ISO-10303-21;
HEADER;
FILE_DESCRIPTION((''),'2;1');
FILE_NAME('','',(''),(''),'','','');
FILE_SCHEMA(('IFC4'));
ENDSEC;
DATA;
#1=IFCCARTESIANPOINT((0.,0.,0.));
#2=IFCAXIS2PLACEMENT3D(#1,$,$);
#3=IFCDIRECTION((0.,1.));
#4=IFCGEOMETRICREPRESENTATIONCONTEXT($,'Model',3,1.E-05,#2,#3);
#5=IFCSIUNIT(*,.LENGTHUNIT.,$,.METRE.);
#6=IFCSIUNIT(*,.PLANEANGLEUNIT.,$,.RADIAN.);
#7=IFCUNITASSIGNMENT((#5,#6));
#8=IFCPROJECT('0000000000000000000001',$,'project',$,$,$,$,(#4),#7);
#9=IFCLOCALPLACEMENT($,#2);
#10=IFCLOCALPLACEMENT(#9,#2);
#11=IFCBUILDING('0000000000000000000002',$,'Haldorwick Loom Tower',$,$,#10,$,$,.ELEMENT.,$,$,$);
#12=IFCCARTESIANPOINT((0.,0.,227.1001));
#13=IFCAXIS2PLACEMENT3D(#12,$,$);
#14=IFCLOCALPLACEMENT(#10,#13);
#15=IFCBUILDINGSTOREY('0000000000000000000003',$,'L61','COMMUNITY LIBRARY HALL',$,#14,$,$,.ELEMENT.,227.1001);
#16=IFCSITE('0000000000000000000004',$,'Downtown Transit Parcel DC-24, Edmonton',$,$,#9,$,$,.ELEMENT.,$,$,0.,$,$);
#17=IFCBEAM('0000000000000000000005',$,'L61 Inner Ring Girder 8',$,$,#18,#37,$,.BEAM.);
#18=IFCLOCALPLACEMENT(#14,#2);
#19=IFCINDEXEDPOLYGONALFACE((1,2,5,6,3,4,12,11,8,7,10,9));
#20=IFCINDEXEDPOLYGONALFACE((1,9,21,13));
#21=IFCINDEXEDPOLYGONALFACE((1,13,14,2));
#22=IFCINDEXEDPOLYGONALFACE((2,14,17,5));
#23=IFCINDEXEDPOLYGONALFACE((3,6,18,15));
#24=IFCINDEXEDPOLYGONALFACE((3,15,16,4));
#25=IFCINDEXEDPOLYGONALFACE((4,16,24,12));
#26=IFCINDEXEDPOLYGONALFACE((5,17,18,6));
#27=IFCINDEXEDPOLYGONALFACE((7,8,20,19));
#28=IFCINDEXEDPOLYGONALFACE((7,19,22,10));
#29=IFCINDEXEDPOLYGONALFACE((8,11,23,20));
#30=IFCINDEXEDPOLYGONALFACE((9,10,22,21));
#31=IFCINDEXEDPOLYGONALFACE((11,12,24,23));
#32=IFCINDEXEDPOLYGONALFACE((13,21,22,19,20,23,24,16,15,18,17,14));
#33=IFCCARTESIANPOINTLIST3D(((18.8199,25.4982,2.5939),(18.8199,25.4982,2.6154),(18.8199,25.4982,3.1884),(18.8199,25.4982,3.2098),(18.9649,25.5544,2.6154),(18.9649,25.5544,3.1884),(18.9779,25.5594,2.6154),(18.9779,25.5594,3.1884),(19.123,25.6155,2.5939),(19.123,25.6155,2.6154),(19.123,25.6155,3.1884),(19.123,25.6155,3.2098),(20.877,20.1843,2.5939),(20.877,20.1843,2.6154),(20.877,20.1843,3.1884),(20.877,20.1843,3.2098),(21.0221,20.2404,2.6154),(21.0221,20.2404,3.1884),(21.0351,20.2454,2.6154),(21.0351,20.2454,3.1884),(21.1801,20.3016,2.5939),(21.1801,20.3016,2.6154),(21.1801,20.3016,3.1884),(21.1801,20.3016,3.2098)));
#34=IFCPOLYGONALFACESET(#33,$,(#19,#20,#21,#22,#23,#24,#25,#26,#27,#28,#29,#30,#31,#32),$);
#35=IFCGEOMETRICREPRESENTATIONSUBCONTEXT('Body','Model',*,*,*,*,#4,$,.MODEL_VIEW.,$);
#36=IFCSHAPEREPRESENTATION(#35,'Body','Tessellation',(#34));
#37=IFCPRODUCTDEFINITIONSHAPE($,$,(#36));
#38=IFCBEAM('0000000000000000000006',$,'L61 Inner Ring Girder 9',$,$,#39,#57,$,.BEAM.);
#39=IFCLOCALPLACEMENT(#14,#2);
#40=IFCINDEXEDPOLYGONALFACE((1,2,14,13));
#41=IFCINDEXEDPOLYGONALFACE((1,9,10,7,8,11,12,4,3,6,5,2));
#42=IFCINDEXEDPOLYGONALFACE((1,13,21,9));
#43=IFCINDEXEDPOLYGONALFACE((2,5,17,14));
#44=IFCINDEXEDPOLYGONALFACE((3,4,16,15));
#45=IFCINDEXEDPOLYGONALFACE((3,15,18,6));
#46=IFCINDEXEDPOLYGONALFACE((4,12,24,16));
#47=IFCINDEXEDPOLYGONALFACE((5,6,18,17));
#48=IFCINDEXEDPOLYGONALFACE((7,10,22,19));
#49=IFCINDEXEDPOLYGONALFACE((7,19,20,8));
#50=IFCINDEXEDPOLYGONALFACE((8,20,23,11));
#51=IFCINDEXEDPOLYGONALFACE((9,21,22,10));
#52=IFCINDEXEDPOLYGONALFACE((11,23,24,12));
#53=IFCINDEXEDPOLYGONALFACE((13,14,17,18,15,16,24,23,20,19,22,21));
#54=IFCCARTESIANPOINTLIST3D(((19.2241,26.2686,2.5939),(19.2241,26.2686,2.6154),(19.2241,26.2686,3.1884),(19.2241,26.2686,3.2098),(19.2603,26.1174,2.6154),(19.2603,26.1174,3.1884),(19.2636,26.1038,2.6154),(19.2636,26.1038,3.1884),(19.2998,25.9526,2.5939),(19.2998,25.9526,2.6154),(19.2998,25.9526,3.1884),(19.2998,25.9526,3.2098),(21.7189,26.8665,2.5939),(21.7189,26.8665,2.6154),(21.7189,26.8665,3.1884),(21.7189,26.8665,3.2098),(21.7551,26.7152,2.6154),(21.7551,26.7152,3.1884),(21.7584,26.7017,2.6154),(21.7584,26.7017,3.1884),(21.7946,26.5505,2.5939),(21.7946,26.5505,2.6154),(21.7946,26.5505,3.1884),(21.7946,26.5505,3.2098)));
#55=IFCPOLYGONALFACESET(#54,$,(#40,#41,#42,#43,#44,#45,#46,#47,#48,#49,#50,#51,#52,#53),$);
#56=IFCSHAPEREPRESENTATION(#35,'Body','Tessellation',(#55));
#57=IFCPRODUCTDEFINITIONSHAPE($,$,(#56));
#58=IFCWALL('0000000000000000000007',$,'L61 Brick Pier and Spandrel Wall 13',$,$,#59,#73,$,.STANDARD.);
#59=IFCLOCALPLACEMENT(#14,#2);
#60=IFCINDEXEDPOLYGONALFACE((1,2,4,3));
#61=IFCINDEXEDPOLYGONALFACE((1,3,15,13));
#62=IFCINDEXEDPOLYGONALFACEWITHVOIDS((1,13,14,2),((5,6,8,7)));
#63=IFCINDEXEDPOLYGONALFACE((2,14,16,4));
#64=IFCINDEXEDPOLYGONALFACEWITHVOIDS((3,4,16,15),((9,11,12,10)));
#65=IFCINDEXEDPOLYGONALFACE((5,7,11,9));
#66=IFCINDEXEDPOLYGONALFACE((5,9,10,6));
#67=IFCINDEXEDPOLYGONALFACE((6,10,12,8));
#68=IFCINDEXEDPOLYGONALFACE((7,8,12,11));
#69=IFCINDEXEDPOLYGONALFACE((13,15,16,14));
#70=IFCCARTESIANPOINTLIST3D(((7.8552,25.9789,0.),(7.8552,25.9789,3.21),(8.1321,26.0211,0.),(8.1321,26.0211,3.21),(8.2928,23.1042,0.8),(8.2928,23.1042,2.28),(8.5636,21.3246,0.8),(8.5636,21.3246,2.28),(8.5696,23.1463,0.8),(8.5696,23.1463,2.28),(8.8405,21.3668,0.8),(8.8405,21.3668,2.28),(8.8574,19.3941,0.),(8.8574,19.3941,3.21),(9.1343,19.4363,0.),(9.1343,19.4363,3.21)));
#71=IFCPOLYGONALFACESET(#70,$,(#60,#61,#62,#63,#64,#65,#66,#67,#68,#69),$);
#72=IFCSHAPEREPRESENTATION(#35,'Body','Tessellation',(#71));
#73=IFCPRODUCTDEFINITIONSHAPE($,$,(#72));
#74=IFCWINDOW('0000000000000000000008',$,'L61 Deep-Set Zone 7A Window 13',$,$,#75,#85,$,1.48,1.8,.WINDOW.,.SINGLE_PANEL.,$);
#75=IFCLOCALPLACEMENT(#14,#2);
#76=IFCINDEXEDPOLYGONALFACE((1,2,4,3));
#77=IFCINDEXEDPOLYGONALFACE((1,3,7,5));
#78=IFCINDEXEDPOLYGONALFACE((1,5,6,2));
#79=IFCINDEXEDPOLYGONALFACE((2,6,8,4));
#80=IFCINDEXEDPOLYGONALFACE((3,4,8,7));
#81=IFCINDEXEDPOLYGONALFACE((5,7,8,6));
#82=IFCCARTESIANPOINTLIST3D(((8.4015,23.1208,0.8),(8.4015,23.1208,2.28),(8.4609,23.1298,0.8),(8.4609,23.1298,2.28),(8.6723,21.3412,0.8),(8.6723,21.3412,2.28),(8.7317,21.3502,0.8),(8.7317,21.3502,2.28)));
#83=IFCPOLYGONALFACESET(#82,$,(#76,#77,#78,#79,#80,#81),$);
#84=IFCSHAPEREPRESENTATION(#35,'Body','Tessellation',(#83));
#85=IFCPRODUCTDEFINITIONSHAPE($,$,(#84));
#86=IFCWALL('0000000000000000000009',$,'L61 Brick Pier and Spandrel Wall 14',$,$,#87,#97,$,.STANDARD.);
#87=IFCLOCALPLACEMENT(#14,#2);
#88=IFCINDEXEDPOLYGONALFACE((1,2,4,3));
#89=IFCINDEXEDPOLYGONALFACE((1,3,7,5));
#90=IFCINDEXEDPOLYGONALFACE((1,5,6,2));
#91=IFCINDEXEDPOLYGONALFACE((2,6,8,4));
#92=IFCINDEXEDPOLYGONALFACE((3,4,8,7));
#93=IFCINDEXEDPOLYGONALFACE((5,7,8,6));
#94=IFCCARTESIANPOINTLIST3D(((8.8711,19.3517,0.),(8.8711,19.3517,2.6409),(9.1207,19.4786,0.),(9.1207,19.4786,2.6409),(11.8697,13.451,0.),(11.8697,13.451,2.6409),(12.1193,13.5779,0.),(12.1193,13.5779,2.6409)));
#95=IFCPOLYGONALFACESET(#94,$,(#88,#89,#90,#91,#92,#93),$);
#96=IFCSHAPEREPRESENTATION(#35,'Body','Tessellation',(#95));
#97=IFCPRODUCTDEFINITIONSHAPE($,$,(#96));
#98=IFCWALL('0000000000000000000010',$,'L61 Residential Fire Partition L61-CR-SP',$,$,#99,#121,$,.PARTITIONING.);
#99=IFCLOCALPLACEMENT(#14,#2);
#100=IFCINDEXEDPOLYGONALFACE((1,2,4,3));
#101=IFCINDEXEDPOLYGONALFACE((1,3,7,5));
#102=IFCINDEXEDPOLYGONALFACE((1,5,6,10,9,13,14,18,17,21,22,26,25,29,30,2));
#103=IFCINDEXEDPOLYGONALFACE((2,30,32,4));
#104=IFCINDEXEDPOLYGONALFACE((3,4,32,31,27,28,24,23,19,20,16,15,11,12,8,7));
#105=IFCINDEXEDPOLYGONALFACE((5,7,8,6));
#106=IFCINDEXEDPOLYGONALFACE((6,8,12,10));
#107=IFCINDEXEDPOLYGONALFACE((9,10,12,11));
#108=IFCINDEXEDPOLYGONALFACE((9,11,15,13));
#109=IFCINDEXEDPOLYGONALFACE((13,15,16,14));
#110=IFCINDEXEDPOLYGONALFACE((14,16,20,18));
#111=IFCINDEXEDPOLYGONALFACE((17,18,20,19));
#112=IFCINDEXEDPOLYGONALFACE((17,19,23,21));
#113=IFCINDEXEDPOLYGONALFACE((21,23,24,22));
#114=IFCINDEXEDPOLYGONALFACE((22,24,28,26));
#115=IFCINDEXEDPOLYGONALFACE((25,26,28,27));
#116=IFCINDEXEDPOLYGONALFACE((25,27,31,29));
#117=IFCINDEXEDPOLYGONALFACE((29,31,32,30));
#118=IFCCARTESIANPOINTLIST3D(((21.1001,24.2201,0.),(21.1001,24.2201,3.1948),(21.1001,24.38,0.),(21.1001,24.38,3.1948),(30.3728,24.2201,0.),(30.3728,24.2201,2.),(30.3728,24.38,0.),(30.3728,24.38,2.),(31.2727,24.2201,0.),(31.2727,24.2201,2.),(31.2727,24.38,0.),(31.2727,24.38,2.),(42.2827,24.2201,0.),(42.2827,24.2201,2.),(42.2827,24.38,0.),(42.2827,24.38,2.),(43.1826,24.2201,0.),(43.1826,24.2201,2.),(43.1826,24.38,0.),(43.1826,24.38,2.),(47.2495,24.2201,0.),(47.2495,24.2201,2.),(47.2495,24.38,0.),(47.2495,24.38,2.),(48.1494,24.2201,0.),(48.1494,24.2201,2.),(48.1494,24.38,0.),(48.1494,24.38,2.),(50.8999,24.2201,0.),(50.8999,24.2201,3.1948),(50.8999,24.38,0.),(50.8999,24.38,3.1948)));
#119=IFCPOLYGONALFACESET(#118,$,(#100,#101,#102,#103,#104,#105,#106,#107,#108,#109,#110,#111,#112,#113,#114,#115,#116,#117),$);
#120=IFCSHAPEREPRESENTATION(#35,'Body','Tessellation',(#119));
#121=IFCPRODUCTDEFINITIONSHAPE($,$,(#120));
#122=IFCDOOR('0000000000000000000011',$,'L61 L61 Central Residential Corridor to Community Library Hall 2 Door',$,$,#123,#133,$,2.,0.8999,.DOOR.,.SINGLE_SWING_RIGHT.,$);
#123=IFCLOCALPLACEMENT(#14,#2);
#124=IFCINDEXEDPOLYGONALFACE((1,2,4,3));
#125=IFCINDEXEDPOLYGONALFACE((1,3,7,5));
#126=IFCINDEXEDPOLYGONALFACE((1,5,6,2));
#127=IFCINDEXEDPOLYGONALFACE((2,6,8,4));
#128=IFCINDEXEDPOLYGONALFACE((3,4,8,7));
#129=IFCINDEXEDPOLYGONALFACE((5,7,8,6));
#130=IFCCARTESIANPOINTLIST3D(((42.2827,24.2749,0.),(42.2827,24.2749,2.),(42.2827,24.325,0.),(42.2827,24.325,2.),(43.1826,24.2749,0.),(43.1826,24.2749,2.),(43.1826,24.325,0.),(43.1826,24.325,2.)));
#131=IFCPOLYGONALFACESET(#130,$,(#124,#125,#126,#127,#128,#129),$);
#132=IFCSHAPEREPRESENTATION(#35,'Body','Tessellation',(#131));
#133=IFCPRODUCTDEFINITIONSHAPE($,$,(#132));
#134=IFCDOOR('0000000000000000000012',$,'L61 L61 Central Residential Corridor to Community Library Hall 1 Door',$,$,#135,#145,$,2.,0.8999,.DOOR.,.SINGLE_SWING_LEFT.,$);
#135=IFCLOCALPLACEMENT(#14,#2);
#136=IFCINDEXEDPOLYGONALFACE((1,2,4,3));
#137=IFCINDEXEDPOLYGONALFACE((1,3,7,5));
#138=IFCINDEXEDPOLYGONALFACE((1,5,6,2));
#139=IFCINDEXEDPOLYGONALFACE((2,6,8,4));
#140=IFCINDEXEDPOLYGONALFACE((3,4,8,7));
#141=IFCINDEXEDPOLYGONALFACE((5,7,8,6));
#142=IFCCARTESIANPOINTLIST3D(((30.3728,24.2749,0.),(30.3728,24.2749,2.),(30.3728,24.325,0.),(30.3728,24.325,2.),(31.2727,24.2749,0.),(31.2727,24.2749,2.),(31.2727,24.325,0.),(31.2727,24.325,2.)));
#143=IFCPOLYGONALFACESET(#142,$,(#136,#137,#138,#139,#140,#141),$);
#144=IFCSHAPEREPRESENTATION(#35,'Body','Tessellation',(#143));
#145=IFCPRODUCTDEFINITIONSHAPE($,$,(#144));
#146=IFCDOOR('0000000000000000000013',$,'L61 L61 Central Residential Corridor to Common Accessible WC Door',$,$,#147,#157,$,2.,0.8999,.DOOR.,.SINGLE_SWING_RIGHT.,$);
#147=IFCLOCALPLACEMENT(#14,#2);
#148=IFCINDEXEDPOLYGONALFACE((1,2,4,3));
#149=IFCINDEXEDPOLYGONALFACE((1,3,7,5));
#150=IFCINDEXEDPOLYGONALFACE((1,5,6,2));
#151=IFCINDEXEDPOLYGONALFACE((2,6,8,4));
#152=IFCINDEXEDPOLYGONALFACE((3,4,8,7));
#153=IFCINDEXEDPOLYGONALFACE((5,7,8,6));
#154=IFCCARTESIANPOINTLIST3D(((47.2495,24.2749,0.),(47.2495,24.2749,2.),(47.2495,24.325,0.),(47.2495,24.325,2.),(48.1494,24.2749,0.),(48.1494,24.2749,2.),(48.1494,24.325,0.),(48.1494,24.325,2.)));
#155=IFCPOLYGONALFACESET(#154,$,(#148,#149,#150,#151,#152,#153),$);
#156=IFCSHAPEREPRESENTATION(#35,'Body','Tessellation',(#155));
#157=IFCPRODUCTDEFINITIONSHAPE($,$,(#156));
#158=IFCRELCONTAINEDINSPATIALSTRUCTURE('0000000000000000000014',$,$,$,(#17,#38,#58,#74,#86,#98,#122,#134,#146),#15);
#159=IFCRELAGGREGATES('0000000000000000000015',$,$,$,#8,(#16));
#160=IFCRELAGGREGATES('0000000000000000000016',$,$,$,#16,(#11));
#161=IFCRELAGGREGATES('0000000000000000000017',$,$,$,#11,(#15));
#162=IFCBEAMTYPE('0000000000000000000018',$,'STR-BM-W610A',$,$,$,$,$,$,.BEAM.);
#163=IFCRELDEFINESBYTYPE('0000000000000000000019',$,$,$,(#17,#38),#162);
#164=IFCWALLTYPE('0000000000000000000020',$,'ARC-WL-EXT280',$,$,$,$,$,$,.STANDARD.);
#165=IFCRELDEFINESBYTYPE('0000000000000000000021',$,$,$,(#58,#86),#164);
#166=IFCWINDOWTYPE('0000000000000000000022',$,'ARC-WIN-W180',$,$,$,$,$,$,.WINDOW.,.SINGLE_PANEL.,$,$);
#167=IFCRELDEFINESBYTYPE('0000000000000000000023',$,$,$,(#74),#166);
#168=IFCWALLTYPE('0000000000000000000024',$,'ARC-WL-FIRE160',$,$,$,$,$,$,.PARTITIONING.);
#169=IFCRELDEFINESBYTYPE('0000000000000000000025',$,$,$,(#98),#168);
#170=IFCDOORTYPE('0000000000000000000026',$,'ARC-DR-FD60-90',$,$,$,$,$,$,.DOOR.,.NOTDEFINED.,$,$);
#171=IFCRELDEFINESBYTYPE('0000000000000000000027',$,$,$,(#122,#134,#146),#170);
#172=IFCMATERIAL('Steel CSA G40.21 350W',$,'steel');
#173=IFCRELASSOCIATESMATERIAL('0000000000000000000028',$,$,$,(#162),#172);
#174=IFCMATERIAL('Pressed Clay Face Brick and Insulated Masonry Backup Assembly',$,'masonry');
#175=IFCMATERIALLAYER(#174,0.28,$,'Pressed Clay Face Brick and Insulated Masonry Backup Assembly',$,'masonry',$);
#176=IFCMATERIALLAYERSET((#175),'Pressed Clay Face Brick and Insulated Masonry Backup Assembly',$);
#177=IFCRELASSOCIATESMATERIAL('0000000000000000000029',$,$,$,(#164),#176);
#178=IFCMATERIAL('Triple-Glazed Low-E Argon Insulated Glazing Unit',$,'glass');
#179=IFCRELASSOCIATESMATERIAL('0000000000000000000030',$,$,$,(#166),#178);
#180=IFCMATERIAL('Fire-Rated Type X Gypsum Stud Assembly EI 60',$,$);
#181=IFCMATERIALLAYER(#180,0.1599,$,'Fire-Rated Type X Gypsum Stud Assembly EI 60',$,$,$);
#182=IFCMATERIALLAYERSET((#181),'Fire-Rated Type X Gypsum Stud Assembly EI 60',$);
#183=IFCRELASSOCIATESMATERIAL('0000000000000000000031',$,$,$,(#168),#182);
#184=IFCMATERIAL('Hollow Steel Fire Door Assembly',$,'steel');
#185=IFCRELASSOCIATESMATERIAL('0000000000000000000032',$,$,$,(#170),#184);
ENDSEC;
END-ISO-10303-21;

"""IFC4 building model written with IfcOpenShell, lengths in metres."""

from ifc_helpers import new_model, si_unit, direction, frame, frame_2d, origin, origin_2d, place, context, subcontext, project, spatial, rectangle, i_section, extrude, material, layer, layer_set, material_profile, profile_set, type_object, element, fill, save


model = new_model("IFC4")

# Units and contexts
model_context = context("Model", 3, precision=1e-05, world=origin(), true_north=direction((0.0, 1.0)))
body_context = subcontext(model_context, "Body", "Model", "MODEL_VIEW")
ifc_project = project(units=[si_unit("LENGTHUNIT", "METRE"), si_unit("PLANEANGLEUNIT", "RADIAN")], contexts=[model_context])

# Site, building, storey
site_placement = place(None, origin())
site = spatial("IfcSite", under=ifc_project, at=site_placement, Name="Downtown Transit Parcel DC-24, Edmonton", CompositionType="ELEMENT", RefElevation=0.0)
building_placement = place(site_placement, origin())
building = spatial("IfcBuilding", under=site, at=building_placement, Name="Haldorwick Loom Tower", CompositionType="ELEMENT")
storey_placement = place(building_placement, frame((0.0, 0.0, 227.1001)))
storey = spatial("IfcBuildingStorey", under=building, at=storey_placement, Name="L61", Description="COMMUNITY LIBRARY HALL", CompositionType="ELEMENT", Elevation=227.1001)

# Beams
ifc_material_1 = material(Name="Steel CSA G40.21 350W", Category="steel")
ifc_material_profile_1 = material_profile(ifc_material_1, i_section(OverallWidth=0.325, OverallDepth=0.616, WebThickness=0.0139, FlangeThickness=0.0215, at=origin_2d()), Name="W610X174", Category="steel")
ifc_profile_set_1 = profile_set([ifc_material_profile_1], Name="Steel CSA G40.21 350W")
beam_type_1 = type_object("IfcBeamType", Name="STR-BM-W610A", PredefinedType="BEAM", material=ifc_profile_set_1)
beam_1_placement = place(storey_placement, frame((21.0286, 20.2429, 2.9019), z_axis=(-0.361011, 0.932562, 0.0), x_axis=(-0.932562, -0.361011, 0.0)))
element("IfcBeam", 1, at=beam_1_placement, inside=storey, type_object=beam_type_1, Name="L61 Inner Ring Girder 8", PredefinedType="BEAM", context=body_context, shape_type="SweptSolid", body=[
    extrude(i_section(OverallWidth=0.325, OverallDepth=0.616, WebThickness=0.0139, FlangeThickness=0.0215, at=origin_2d()), origin(), (0.0, 0.0, 1.0), 5.6982),
])
beam_2_placement = place(storey_placement, frame((19.262, 26.1106, 2.9019), z_axis=(0.972464, 0.233053, 0.0), x_axis=(-0.233053, 0.972464, 0.0)))
element("IfcBeam", 2, at=beam_2_placement, inside=storey, type_object=beam_type_1, Name="L61 Inner Ring Girder 9", PredefinedType="BEAM", context=body_context, shape_type="SweptSolid", body=[
    extrude(i_section(OverallWidth=0.325, OverallDepth=0.616, WebThickness=0.0139, FlangeThickness=0.0215, at=origin_2d()), origin(), (0.0, 0.0, 1.0), 2.5654),
])

# Wall, opening, window
ifc_material_2 = material(Name="Pressed Clay Face Brick and Insulated Masonry Backup Assembly", Category="masonry")
ifc_layer_1 = layer(ifc_material_2, 0.28, Name="Pressed Clay Face Brick and Insulated Masonry Backup Assembly", Category="masonry")
ifc_layer_set_1 = layer_set([ifc_layer_1], Name="Pressed Clay Face Brick and Insulated Masonry Backup Assembly")
wall_type_1 = type_object("IfcWallType", Name="ARC-WL-EXT280", PredefinedType="STANDARD", material=ifc_layer_set_1)
wall_1_placement = place(storey_placement, frame((7.9937, 26.0, 0.0), z_axis=(0.0, 0.0, 1.0), x_axis=(0.150468, -0.988615, 0.0)))
wall_1 = element("IfcWall", 3, at=wall_1_placement, inside=storey, type_object=wall_type_1, Name="L61 Brick Pier and Spandrel Wall 13", PredefinedType="STANDARD", context=body_context, shape_type="SweptSolid", body=[
    extrude(rectangle(XDim=6.6606, YDim=0.28, at=frame_2d((3.3303, 0.0))), origin(), (0.0, 0.0, 1.0), 3.21),
])
opening_1_placement = place(wall_1_placement, frame((2.908, 0.0, 0.8)))
opening_1 = element("IfcOpeningElement", 4, at=opening_1_placement, cuts=wall_1, PredefinedType="OPENING", context=body_context, shape_type="SweptSolid", body=[
    extrude(rectangle(XDim=1.8, YDim=1.48, at=frame_2d((0.8999, 0.74))), frame((0.0, 0.1499, 0.0), z_axis=(0.0, -1.0, 0.0), x_axis=(1.0, 0.0, 0.0)), (0.0, 0.0, 1.0), 0.3),
])
ifc_material_3 = material(Name="Triple-Glazed Low-E Argon Insulated Glazing Unit", Category="glass")
window_type = type_object("IfcWindowType", Name="ARC-WIN-W180", PartitioningType="SINGLE_PANEL", PredefinedType="WINDOW", material=ifc_material_3)
window_placement = place(opening_1_placement, origin())
window = element("IfcWindow", 5, at=window_placement, inside=storey, type_object=window_type, Name="L61 Deep-Set Zone 7A Window 13", OverallHeight=1.48, OverallWidth=1.8, PartitioningType="SINGLE_PANEL", PredefinedType="WINDOW", context=body_context, shape_type="SweptSolid", body=[
    extrude(rectangle(XDim=1.8, YDim=1.48, at=frame_2d((0.8999, 0.74))), frame((0.0, 0.03, 0.0), z_axis=(0.0, -1.0, 0.0), x_axis=(1.0, 0.0, 0.0)), (0.0, 0.0, 1.0), 0.0601),
])
fill(opening_1, window)

# Wall
wall_2_placement = place(storey_placement, frame((8.9958, 19.4153, 0.0), z_axis=(0.0, 0.0, 1.0), x_axis=(0.453032, -0.891494, 0.0)))
element("IfcWall", 6, at=wall_2_placement, inside=storey, type_object=wall_type_1, Name="L61 Brick Pier and Spandrel Wall 14", PredefinedType="STANDARD", context=body_context, shape_type="SweptSolid", body=[
    extrude(rectangle(XDim=6.6189, YDim=0.28, at=frame_2d((3.3096, 0.0))), origin(), (0.0, 0.0, 1.0), 2.6409),
])

# Wall, openings, doors
ifc_material_4 = material(Name="Fire-Rated Type X Gypsum Stud Assembly EI 60")
ifc_layer_2 = layer(ifc_material_4, 0.1599, Name="Fire-Rated Type X Gypsum Stud Assembly EI 60")
ifc_layer_set_2 = layer_set([ifc_layer_2], Name="Fire-Rated Type X Gypsum Stud Assembly EI 60")
wall_type_2 = type_object("IfcWallType", Name="ARC-WL-FIRE160", PredefinedType="PARTITIONING", material=ifc_layer_set_2)
wall_3_placement = place(storey_placement, frame((21.1001, 24.3, 0.0), z_axis=(0.0, 0.0, 1.0), x_axis=(1.0, 0.0, 0.0)))
wall_3 = element("IfcWall", 7, at=wall_3_placement, inside=storey, type_object=wall_type_2, Name="L61 Residential Fire Partition L61-CR-SP", PredefinedType="PARTITIONING", context=body_context, shape_type="SweptSolid", body=[
    extrude(rectangle(XDim=29.7998, YDim=0.1599, at=frame_2d((14.8999, 0.0))), origin(), (0.0, 0.0, 1.0), 3.1948),
])
opening_2_placement = place(wall_3_placement, frame((21.1826, 0.0, 0.0)))
opening_2 = element("IfcOpeningElement", 8, at=opening_2_placement, cuts=wall_3, PredefinedType="OPENING", context=body_context, shape_type="SweptSolid", body=[
    extrude(rectangle(XDim=0.8999, YDim=2.0, at=frame_2d((0.45, 1.0))), frame((0.0, 0.0898, 0.0), z_axis=(0.0, -1.0, 0.0), x_axis=(1.0, 0.0, 0.0)), (0.0, 0.0, 1.0), 0.1799),
])
opening_3_placement = place(wall_3_placement, frame((9.2727, 0.0, 0.0)))
opening_3 = element("IfcOpeningElement", 9, at=opening_3_placement, cuts=wall_3, PredefinedType="OPENING", context=body_context, shape_type="SweptSolid", body=[
    extrude(rectangle(XDim=0.8999, YDim=2.0, at=frame_2d((0.45, 1.0))), frame((0.0, 0.0898, 0.0), z_axis=(0.0, -1.0, 0.0), x_axis=(1.0, 0.0, 0.0)), (0.0, 0.0, 1.0), 0.1799),
])
opening_4_placement = place(wall_3_placement, frame((26.1494, 0.0, 0.0)))
opening_4 = element("IfcOpeningElement", 10, at=opening_4_placement, cuts=wall_3, PredefinedType="OPENING", context=body_context, shape_type="SweptSolid", body=[
    extrude(rectangle(XDim=0.8999, YDim=2.0, at=frame_2d((0.45, 1.0))), frame((0.0, 0.0898, 0.0), z_axis=(0.0, -1.0, 0.0), x_axis=(1.0, 0.0, 0.0)), (0.0, 0.0, 1.0), 0.1799),
])
ifc_material_5 = material(Name="Hollow Steel Fire Door Assembly", Category="steel")
door_type = type_object("IfcDoorType", Name="ARC-DR-FD60-90", OperationType="NOTDEFINED", PredefinedType="DOOR", material=ifc_material_5)
door_1_placement = place(opening_2_placement, origin())
door_1 = element("IfcDoor", 11, at=door_1_placement, inside=storey, type_object=door_type, Name="L61 L61 Central Residential Corridor to Community Library Hall 2 Door", OperationType="SINGLE_SWING_RIGHT", OverallHeight=2.0, OverallWidth=0.8999, PredefinedType="DOOR", context=body_context, shape_type="SweptSolid", body=[
    extrude(rectangle(XDim=0.8999, YDim=2.0, at=frame_2d((0.45, 1.0))), frame((0.0, 0.0249, 0.0), z_axis=(0.0, -1.0, 0.0), x_axis=(1.0, 0.0, 0.0)), (0.0, 0.0, 1.0), 0.05),
])
fill(opening_2, door_1)
door_2_placement = place(opening_3_placement, origin())
door_2 = element("IfcDoor", 12, at=door_2_placement, inside=storey, type_object=door_type, Name="L61 L61 Central Residential Corridor to Community Library Hall 1 Door", OperationType="SINGLE_SWING_LEFT", OverallHeight=2.0, OverallWidth=0.8999, PredefinedType="DOOR", context=body_context, shape_type="SweptSolid", body=[
    extrude(rectangle(XDim=0.8999, YDim=2.0, at=frame_2d((0.45, 1.0))), frame((0.0, 0.0249, 0.0), z_axis=(0.0, -1.0, 0.0), x_axis=(1.0, 0.0, 0.0)), (0.0, 0.0, 1.0), 0.05),
])
fill(opening_3, door_2)
door_3_placement = place(opening_4_placement, origin())
door_3 = element("IfcDoor", 13, at=door_3_placement, inside=storey, type_object=door_type, Name="L61 L61 Central Residential Corridor to Common Accessible WC Door", OperationType="SINGLE_SWING_RIGHT", OverallHeight=2.0, OverallWidth=0.8999, PredefinedType="DOOR", context=body_context, shape_type="SweptSolid", body=[
    extrude(rectangle(XDim=0.8999, YDim=2.0, at=frame_2d((0.45, 1.0))), frame((0.0, 0.0249, 0.0), z_axis=(0.0, -1.0, 0.0), x_axis=(1.0, 0.0, 0.0)), (0.0, 0.0, 1.0), 0.05),
])
fill(opening_4, door_3)

save(model, "model.ifc")
